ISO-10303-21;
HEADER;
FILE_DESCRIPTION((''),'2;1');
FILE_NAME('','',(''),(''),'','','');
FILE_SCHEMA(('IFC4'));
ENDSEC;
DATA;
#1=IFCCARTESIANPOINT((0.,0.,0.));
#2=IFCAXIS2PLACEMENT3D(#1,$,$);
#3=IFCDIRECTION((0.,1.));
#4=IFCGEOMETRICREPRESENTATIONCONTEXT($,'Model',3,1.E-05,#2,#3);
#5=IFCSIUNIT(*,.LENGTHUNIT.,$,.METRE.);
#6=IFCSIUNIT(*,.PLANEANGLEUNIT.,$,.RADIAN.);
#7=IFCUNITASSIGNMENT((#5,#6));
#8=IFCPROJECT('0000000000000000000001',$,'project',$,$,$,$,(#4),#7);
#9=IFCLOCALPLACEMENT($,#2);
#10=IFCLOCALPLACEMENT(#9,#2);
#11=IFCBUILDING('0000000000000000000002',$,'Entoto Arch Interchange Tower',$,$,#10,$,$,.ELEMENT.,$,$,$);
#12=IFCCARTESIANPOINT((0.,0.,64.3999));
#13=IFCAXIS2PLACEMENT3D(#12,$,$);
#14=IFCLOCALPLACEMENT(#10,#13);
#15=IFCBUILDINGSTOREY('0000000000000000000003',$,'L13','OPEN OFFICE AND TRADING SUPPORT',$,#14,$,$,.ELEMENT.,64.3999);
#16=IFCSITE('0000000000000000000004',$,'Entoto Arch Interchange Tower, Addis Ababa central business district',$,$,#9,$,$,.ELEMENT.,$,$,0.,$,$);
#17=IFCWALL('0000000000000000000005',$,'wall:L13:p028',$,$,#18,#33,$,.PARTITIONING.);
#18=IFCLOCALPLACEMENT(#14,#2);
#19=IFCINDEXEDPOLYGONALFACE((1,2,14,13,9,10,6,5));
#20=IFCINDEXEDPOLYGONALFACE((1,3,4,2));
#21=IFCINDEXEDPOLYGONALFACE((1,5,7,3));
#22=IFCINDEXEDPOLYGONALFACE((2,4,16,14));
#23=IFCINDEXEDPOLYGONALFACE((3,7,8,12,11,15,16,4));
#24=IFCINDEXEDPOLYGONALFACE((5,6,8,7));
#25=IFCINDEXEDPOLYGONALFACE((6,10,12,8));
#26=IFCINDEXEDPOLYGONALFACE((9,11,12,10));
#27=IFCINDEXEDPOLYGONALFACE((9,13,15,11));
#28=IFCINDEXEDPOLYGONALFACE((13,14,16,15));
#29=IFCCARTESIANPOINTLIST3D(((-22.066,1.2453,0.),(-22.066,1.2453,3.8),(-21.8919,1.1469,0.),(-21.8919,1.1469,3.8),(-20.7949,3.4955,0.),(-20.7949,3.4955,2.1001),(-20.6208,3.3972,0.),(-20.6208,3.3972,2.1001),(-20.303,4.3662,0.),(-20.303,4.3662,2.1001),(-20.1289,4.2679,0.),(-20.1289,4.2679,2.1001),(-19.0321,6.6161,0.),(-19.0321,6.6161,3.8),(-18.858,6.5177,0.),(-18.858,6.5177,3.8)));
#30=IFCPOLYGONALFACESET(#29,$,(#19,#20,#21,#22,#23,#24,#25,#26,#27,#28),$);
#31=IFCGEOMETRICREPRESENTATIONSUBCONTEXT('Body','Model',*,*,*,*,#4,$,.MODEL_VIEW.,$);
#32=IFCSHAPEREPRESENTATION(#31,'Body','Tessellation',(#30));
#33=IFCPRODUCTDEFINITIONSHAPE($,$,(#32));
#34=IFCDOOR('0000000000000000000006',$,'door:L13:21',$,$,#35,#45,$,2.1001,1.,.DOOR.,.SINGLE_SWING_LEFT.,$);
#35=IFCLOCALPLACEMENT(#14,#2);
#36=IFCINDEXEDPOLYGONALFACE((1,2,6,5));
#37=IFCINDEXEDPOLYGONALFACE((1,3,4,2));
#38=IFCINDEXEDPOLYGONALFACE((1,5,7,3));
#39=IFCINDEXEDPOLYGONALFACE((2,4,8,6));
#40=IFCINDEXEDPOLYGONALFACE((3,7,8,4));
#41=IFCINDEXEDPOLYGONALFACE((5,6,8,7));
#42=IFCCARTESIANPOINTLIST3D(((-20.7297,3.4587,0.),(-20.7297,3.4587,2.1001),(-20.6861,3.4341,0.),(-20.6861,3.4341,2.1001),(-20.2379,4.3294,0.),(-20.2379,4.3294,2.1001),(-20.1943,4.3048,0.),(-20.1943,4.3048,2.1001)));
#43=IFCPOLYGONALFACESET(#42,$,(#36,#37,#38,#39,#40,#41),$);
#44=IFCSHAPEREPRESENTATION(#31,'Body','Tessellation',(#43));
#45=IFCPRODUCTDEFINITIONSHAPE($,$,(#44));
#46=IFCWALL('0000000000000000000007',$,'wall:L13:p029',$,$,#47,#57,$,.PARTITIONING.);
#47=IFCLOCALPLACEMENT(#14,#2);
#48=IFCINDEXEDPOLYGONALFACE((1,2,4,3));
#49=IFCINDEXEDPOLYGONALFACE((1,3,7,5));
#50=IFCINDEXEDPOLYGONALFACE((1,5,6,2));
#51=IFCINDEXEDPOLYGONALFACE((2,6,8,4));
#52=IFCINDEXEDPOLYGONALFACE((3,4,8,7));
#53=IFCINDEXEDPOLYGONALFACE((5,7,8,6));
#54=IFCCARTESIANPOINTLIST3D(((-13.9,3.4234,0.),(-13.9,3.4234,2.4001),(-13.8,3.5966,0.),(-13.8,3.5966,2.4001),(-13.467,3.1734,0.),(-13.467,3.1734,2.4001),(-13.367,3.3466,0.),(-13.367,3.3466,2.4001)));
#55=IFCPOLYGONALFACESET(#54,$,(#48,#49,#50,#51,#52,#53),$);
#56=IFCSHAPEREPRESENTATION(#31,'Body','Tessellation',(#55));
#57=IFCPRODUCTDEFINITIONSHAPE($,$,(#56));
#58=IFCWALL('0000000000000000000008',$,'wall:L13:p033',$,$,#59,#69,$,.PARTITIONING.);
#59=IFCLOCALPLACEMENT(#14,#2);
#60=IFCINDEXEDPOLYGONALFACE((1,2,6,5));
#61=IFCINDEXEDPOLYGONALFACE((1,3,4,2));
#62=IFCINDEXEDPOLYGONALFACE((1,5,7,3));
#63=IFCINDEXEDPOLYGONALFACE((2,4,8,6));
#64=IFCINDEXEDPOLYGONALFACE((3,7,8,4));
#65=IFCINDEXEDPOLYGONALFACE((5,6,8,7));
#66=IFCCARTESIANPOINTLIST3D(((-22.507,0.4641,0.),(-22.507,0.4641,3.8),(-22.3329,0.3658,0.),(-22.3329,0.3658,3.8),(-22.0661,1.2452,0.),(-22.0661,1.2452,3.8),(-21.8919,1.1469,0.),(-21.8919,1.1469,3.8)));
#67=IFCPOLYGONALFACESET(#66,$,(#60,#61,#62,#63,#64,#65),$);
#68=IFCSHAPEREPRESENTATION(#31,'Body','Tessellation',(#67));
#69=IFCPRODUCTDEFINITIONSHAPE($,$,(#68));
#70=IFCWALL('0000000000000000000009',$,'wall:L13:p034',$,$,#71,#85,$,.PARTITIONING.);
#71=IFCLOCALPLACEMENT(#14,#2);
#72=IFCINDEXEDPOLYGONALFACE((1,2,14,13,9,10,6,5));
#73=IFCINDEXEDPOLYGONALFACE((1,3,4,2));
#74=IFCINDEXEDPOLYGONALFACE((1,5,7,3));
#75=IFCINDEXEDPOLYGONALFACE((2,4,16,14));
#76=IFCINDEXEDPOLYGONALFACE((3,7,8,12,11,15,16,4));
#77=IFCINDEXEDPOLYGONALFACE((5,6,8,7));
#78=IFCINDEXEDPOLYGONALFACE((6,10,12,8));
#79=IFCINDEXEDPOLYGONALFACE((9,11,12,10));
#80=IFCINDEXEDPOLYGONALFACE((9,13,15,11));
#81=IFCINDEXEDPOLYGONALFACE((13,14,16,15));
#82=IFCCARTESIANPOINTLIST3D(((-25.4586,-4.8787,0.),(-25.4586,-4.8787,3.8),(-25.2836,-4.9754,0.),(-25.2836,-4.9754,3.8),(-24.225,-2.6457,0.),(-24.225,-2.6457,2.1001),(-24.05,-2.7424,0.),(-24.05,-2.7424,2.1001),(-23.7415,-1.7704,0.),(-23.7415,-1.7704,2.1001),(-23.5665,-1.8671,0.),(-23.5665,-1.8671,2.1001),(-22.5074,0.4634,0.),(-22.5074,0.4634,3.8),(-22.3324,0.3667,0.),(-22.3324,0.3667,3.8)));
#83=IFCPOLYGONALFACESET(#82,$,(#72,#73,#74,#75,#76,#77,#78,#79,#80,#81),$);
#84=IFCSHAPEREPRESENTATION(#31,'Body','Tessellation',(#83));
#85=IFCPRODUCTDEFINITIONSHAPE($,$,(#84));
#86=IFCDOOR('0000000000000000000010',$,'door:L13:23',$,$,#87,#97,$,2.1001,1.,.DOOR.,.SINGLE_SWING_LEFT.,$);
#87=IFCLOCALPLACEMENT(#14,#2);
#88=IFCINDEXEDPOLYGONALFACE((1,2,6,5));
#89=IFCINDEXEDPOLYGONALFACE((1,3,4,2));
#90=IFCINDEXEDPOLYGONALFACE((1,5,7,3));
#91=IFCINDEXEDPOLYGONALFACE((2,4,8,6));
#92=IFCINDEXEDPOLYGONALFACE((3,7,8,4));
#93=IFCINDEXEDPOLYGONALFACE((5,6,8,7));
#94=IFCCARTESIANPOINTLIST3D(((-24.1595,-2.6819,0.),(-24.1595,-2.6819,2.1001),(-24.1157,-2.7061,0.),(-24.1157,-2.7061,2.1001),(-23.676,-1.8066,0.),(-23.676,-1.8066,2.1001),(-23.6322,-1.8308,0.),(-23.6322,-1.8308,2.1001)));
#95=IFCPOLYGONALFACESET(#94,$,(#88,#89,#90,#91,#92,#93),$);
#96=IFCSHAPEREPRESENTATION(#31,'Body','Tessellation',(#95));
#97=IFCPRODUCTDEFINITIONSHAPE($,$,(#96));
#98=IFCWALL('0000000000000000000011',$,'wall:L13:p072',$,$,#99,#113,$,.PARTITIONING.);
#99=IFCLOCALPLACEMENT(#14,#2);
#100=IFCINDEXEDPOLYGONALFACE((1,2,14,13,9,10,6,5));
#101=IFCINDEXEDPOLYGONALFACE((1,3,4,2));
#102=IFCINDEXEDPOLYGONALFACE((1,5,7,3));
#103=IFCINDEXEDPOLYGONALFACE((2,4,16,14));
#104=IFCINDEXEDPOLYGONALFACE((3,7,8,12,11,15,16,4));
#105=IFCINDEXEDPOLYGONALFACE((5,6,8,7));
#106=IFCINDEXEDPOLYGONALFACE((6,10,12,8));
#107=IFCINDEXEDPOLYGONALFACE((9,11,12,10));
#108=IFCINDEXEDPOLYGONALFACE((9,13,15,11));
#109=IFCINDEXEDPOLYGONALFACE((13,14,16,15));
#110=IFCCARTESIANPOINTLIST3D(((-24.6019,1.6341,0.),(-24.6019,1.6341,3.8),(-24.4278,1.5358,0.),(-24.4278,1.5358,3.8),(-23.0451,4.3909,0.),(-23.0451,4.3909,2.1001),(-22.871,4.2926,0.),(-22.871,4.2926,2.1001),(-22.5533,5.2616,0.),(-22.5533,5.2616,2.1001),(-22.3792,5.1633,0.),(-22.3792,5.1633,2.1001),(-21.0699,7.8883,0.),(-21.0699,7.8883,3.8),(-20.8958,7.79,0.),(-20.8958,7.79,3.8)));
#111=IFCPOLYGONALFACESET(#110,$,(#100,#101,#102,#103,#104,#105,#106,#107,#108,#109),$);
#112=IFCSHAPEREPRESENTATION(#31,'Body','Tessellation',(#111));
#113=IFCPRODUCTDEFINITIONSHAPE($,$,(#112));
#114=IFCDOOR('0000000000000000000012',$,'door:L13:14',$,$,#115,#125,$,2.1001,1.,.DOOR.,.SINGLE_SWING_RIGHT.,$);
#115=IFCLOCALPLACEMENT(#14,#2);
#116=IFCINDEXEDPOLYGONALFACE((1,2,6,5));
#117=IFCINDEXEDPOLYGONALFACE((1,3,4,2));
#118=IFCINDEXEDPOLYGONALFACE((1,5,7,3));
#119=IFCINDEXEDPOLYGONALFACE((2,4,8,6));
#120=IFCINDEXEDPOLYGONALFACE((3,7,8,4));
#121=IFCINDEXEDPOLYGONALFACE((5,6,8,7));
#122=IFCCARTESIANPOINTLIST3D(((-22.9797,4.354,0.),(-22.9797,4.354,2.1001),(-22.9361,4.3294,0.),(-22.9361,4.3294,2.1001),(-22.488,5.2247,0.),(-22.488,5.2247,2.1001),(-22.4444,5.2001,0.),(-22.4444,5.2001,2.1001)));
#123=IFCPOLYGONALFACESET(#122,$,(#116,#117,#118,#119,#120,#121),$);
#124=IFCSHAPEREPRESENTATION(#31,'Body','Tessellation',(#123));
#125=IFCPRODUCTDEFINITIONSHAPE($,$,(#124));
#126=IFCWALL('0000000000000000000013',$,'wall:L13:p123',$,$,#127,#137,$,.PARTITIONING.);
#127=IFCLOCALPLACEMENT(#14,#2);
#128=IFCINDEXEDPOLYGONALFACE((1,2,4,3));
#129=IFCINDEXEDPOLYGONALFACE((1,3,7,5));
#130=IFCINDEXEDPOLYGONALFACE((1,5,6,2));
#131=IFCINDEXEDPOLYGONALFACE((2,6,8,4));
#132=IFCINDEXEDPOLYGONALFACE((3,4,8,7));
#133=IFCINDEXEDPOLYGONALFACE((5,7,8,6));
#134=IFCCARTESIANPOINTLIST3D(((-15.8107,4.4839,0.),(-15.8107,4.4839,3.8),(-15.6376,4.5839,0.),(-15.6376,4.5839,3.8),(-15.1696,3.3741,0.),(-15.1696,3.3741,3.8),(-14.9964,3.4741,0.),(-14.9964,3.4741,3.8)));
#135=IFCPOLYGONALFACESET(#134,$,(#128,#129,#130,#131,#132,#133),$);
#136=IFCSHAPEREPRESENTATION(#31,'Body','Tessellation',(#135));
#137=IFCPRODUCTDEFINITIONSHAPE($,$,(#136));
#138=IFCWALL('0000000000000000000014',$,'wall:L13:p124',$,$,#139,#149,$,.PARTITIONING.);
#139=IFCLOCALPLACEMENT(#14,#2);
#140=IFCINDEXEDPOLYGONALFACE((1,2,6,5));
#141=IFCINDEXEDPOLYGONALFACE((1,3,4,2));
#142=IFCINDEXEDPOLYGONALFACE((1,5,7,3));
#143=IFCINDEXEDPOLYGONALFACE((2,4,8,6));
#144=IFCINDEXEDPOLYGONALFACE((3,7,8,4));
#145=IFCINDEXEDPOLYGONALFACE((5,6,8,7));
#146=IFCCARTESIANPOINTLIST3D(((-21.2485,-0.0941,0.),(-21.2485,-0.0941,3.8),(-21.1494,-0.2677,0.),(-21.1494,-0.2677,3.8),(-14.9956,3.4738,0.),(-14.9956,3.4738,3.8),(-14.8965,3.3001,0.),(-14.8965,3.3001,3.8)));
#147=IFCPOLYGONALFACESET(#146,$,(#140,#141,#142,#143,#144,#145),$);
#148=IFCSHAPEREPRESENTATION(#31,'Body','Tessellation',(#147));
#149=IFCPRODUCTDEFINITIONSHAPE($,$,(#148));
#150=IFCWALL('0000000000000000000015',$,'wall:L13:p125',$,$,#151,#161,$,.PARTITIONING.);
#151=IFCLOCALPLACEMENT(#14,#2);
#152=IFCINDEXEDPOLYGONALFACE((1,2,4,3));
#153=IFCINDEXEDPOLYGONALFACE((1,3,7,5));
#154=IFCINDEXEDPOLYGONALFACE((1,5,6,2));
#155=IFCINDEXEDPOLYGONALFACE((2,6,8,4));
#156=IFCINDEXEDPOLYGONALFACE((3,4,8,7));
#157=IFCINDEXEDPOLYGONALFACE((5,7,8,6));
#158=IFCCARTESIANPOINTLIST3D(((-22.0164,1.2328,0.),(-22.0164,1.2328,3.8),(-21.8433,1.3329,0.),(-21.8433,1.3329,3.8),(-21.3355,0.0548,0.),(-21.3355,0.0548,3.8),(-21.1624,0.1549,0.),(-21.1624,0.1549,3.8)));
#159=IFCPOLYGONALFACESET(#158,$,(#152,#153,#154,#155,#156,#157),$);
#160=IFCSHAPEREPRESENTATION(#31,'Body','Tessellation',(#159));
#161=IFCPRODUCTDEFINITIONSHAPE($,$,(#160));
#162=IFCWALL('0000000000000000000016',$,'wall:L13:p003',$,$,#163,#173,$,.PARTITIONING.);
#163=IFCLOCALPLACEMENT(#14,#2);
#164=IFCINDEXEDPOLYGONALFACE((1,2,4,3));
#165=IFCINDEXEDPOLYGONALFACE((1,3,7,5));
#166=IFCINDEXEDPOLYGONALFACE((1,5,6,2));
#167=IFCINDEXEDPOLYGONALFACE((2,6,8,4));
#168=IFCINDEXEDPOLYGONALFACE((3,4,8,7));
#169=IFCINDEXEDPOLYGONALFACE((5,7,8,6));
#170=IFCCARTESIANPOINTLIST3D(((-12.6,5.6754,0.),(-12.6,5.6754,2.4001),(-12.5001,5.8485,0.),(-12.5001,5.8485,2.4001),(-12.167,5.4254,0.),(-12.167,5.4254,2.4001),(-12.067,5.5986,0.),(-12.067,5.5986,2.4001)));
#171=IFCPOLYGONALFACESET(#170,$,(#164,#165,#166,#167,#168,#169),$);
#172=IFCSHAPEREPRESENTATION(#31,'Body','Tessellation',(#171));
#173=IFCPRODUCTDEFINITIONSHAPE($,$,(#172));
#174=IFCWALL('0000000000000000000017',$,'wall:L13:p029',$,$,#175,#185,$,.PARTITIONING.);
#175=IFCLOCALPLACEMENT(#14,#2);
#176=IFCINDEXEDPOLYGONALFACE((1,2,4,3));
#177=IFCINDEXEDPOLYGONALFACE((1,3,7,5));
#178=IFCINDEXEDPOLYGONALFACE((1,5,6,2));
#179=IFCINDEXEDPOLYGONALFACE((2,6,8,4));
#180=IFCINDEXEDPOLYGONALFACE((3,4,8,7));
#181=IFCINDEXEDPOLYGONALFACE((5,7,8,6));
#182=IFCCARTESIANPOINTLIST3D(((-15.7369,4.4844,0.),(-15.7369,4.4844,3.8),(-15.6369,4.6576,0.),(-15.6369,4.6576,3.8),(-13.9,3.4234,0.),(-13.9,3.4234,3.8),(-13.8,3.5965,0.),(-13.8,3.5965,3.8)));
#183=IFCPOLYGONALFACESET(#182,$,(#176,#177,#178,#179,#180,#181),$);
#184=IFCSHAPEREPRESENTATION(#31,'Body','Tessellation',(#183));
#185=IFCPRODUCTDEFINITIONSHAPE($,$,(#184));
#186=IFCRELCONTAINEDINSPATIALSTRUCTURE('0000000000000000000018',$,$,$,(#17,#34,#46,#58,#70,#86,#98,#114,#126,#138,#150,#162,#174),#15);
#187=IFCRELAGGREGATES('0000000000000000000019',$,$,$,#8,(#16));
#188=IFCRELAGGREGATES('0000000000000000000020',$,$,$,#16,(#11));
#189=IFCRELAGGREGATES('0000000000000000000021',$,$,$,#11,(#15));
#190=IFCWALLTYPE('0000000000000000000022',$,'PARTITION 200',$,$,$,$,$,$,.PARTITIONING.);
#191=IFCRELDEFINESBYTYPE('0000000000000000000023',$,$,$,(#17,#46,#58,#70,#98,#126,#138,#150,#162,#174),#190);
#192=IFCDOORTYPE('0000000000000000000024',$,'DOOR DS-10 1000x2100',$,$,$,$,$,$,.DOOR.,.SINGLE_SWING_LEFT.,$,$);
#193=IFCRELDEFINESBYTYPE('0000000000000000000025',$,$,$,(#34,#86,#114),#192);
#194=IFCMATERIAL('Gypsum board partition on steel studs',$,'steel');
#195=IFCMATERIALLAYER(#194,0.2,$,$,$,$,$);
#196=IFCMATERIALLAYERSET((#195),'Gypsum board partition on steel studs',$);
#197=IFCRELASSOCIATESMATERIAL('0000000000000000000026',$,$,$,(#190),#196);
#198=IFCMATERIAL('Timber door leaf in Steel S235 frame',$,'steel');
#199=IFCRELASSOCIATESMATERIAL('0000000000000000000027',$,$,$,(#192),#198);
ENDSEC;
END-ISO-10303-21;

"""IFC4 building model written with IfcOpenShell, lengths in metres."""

from ifc_helpers import new_model, si_unit, direction, frame, frame_2d, origin, place, context, subcontext, project, spatial, rectangle, extrude, material, layer, layer_set, type_object, element, fill, save


model = new_model("IFC4")

# Units and contexts
model_context = context("Model", 3, precision=1e-05, world=origin(), true_north=direction((0.0, 1.0)))
body_context = subcontext(model_context, "Body", "Model", "MODEL_VIEW")
ifc_project = project(units=[si_unit("LENGTHUNIT", "METRE"), si_unit("PLANEANGLEUNIT", "RADIAN")], contexts=[model_context])

# Site, building, storey
site_placement = place(None, origin())
site = spatial("IfcSite", under=ifc_project, at=site_placement, Name="Entoto Arch Interchange Tower, Addis Ababa central business district", CompositionType="ELEMENT", RefElevation=0.0)
building_placement = place(site_placement, origin())
building = spatial("IfcBuilding", under=site, at=building_placement, Name="Entoto Arch Interchange Tower", CompositionType="ELEMENT")
storey_placement = place(building_placement, frame((0.0, 0.0, 64.3999)))
storey = spatial("IfcBuildingStorey", under=building, at=storey_placement, Name="L13", Description="OPEN OFFICE AND TRADING SUPPORT", CompositionType="ELEMENT", Elevation=64.3999)

# Shared definitions
ifc_material_1 = material(Name="Gypsum board partition on steel studs", Category="steel")
ifc_layer_1 = layer(ifc_material_1, 0.2)
ifc_layer_set_1 = layer_set([ifc_layer_1], Name="Gypsum board partition on steel studs")
wall_type_1 = type_object("IfcWallType", Name="PARTITION 200", PredefinedType="PARTITIONING", material=ifc_layer_set_1)

# Wall, opening, door
wall_1_placement = place(storey_placement, frame((-18.9451, 6.5669, 0.0), z_axis=(0.0, 0.0, 1.0), x_axis=(-0.491841, -0.870685, 0.0)))
wall_1 = element("IfcWall", 1, at=wall_1_placement, inside=storey, type_object=wall_type_1, Name="wall:L13:p028", PredefinedType="PARTITIONING", context=body_context, shape_type="SweptSolid", body=[
    extrude(rectangle(XDim=6.1685, YDim=0.2, at=frame_2d((3.0842, 0.0))), origin(), (0.0, 0.0, 1.0), 3.8),
])
opening_1_placement = place(wall_1_placement, frame((2.584, 0.0, 0.0)))
opening_1 = element("IfcOpeningElement", 2, at=opening_1_placement, cuts=wall_1, PredefinedType="OPENING", context=body_context, shape_type="SweptSolid", body=[
    extrude(rectangle(XDim=1.0, YDim=2.1001, at=frame_2d((0.5, 1.05))), frame((0.0, 0.1099, 0.0), z_axis=(0.0, -1.0, 0.0), x_axis=(1.0, 0.0, 0.0)), (0.0, 0.0, 1.0), 0.22),
])
ifc_material_2 = material(Name="Timber door leaf in Steel S235 frame", Category="steel")
door_type_1 = type_object("IfcDoorType", Name="DOOR DS-10 1000x2100", OperationType="SINGLE_SWING_LEFT", PredefinedType="DOOR", material=ifc_material_2)
door_1_placement = place(opening_1_placement, origin())
door_1 = element("IfcDoor", 3, at=door_1_placement, inside=storey, type_object=door_type_1, Name="door:L13:21", OperationType="SINGLE_SWING_LEFT", OverallHeight=2.1001, OverallWidth=1.0, PredefinedType="DOOR", context=body_context, shape_type="SweptSolid", body=[
    extrude(rectangle(XDim=1.0, YDim=2.1001, at=frame_2d((0.5, 1.05))), frame((0.0, 0.0249, 0.0), z_axis=(0.0, -1.0, 0.0), x_axis=(1.0, 0.0, 0.0)), (0.0, 0.0, 1.0), 0.05),
])
fill(opening_1, door_1)

# Walls
wall_2_placement = place(storey_placement, frame((-13.417, 3.26, 0.0), z_axis=(0.0, 0.0, 1.0), x_axis=(-0.866072, 0.49992, 0.0)))
element("IfcWall", 4, at=wall_2_placement, inside=storey, type_object=wall_type_1, Name="wall:L13:p029", PredefinedType="PARTITIONING", context=body_context, shape_type="SweptSolid", body=[
    extrude(rectangle(XDim=0.5, YDim=0.2, at=frame_2d((0.25, 0.0))), origin(), (0.0, 0.0, 1.0), 2.4001),
])
wall_3_placement = place(storey_placement, frame((-21.979, 1.196, 0.0), z_axis=(0.0, 0.0, 1.0), x_axis=(-0.491618, -0.870811, 0.0)))
element("IfcWall", 5, at=wall_3_placement, inside=storey, type_object=wall_type_1, Name="wall:L13:p033", PredefinedType="PARTITIONING", context=body_context, shape_type="SweptSolid", body=[
    extrude(rectangle(XDim=0.897, YDim=0.2, at=frame_2d((0.4485, 0.0))), origin(), (0.0, 0.0, 1.0), 3.8),
])

# Walls, openings, doors
wall_4_placement = place(storey_placement, frame((-22.4199, 0.415, 0.0), z_axis=(0.0, 0.0, 1.0), x_axis=(-0.483559, -0.875311, 0.0)))
wall_4 = element("IfcWall", 6, at=wall_4_placement, inside=storey, type_object=wall_type_1, Name="wall:L13:p034", PredefinedType="PARTITIONING", context=body_context, shape_type="SweptSolid", body=[
    extrude(rectangle(XDim=6.103, YDim=0.2, at=frame_2d((3.0515, 0.0))), origin(), (0.0, 0.0, 1.0), 3.8),
])
opening_2_placement = place(wall_4_placement, frame((2.552, 0.0, 0.0)))
opening_2 = element("IfcOpeningElement", 7, at=opening_2_placement, cuts=wall_4, PredefinedType="OPENING", context=body_context, shape_type="SweptSolid", body=[
    extrude(rectangle(XDim=1.0, YDim=2.1001, at=frame_2d((0.5, 1.05))), frame((0.0, 0.1099, 0.0), z_axis=(0.0, -1.0, 0.0), x_axis=(1.0, 0.0, 0.0)), (0.0, 0.0, 1.0), 0.22),
])
door_2_placement = place(opening_2_placement, origin())
door_2 = element("IfcDoor", 8, at=door_2_placement, inside=storey, type_object=door_type_1, Name="door:L13:23", OperationType="SINGLE_SWING_LEFT", OverallHeight=2.1001, OverallWidth=1.0, PredefinedType="DOOR", context=body_context, shape_type="SweptSolid", body=[
    extrude(rectangle(XDim=1.0, YDim=2.1001, at=frame_2d((0.5, 1.05))), frame((0.0, 0.0249, 0.0), z_axis=(0.0, -1.0, 0.0), x_axis=(1.0, 0.0, 0.0)), (0.0, 0.0, 1.0), 0.05),
])
fill(opening_2, door_2)
wall_5_placement = place(storey_placement, frame((-24.5149, 1.585, 0.0), z_axis=(0.0, 0.0, 1.0), x_axis=(0.491744, 0.87074, 0.0)))
wall_5 = element("IfcWall", 9, at=wall_5_placement, inside=storey, type_object=wall_type_1, Name="wall:L13:p072", PredefinedType="PARTITIONING", context=body_context, shape_type="SweptSolid", body=[
    extrude(rectangle(XDim=7.1826, YDim=0.2, at=frame_2d((3.5913, 0.0))), origin(), (0.0, 0.0, 1.0), 3.8),
])
opening_3_placement = place(wall_5_placement, frame((3.166, 0.0, 0.0)))
opening_3 = element("IfcOpeningElement", 10, at=opening_3_placement, cuts=wall_5, PredefinedType="OPENING", context=body_context, shape_type="SweptSolid", body=[
    extrude(rectangle(XDim=1.0, YDim=2.1001, at=frame_2d((0.5, 1.05))), frame((0.0, 0.1099, 0.0), z_axis=(0.0, -1.0, 0.0), x_axis=(1.0, 0.0, 0.0)), (0.0, 0.0, 1.0), 0.22),
])
door_3_placement = place(opening_3_placement, origin())
door_3 = element("IfcDoor", 11, at=door_3_placement, inside=storey, type_object=door_type_1, Name="door:L13:14", OperationType="SINGLE_SWING_RIGHT", OverallHeight=2.1001, OverallWidth=1.0, PredefinedType="DOOR", context=body_context, shape_type="SweptSolid", body=[
    extrude(rectangle(XDim=1.0, YDim=2.1001, at=frame_2d((0.5, 1.05))), frame((0.0, 0.0249, 0.0), z_axis=(0.0, -1.0, 0.0), x_axis=(1.0, 0.0, 0.0)), (0.0, 0.0, 1.0), 0.05),
])
fill(opening_3, door_3)

# Walls
wall_6_placement = place(storey_placement, frame((-15.7241, 4.5339, 0.0), z_axis=(0.0, 0.0, 1.0), x_axis=(0.500195, -0.865913, 0.0)))
element("IfcWall", 12, at=wall_6_placement, inside=storey, type_object=wall_type_1, Name="wall:L13:p123", PredefinedType="PARTITIONING", context=body_context, shape_type="SweptSolid", body=[
    extrude(rectangle(XDim=1.2817, YDim=0.2, at=frame_2d((0.6409, 0.0))), origin(), (0.0, 0.0, 1.0), 3.8),
])
wall_7_placement = place(storey_placement, frame((-14.946, 3.387, 0.0), z_axis=(0.0, 0.0, 1.0), x_axis=(-0.868556, -0.495591, 0.0)))
element("IfcWall", 13, at=wall_7_placement, inside=storey, type_object=wall_type_1, Name="wall:L13:p124", PredefinedType="PARTITIONING", context=body_context, shape_type="SweptSolid", body=[
    extrude(rectangle(XDim=7.1992, YDim=0.2, at=frame_2d((3.5996, 0.0))), origin(), (0.0, 0.0, 1.0), 3.8),
])
wall_8_placement = place(storey_placement, frame((-21.249, 0.105, 0.0), z_axis=(0.0, 0.0, 1.0), x_axis=(-0.500442, 0.86577, 0.0)))
element("IfcWall", 14, at=wall_8_placement, inside=storey, type_object=wall_type_1, Name="wall:L13:p125", PredefinedType="PARTITIONING", context=body_context, shape_type="SweptSolid", body=[
    extrude(rectangle(XDim=1.3606, YDim=0.2, at=frame_2d((0.6802, 0.0))), origin(), (0.0, 0.0, 1.0), 3.8),
])
wall_9_placement = place(storey_placement, frame((-12.55, 5.762, 0.0), z_axis=(0.0, 0.0, 1.0), x_axis=(0.866072, -0.49992, 0.0)))
element("IfcWall", 15, at=wall_9_placement, inside=storey, type_object=wall_type_1, Name="wall:L13:p003", PredefinedType="PARTITIONING", context=body_context, shape_type="SweptSolid", body=[
    extrude(rectangle(XDim=0.5, YDim=0.2, at=frame_2d((0.25, 0.0))), origin(), (0.0, 0.0, 1.0), 2.4001),
])
wall_10_placement = place(storey_placement, frame((-13.8501, 3.51, 0.0), z_axis=(0.0, 0.0, 1.0), x_axis=(-0.865925, 0.500174, 0.0)))
element("IfcWall", 16, at=wall_10_placement, inside=storey, type_object=wall_type_1, Name="wall:L13:p029", PredefinedType="PARTITIONING", context=body_context, shape_type="SweptSolid", body=[
    extrude(rectangle(XDim=2.1213, YDim=0.2, at=frame_2d((1.0605, 0.0))), origin(), (0.0, 0.0, 1.0), 3.8),
])

save(model, "model.ifc")
